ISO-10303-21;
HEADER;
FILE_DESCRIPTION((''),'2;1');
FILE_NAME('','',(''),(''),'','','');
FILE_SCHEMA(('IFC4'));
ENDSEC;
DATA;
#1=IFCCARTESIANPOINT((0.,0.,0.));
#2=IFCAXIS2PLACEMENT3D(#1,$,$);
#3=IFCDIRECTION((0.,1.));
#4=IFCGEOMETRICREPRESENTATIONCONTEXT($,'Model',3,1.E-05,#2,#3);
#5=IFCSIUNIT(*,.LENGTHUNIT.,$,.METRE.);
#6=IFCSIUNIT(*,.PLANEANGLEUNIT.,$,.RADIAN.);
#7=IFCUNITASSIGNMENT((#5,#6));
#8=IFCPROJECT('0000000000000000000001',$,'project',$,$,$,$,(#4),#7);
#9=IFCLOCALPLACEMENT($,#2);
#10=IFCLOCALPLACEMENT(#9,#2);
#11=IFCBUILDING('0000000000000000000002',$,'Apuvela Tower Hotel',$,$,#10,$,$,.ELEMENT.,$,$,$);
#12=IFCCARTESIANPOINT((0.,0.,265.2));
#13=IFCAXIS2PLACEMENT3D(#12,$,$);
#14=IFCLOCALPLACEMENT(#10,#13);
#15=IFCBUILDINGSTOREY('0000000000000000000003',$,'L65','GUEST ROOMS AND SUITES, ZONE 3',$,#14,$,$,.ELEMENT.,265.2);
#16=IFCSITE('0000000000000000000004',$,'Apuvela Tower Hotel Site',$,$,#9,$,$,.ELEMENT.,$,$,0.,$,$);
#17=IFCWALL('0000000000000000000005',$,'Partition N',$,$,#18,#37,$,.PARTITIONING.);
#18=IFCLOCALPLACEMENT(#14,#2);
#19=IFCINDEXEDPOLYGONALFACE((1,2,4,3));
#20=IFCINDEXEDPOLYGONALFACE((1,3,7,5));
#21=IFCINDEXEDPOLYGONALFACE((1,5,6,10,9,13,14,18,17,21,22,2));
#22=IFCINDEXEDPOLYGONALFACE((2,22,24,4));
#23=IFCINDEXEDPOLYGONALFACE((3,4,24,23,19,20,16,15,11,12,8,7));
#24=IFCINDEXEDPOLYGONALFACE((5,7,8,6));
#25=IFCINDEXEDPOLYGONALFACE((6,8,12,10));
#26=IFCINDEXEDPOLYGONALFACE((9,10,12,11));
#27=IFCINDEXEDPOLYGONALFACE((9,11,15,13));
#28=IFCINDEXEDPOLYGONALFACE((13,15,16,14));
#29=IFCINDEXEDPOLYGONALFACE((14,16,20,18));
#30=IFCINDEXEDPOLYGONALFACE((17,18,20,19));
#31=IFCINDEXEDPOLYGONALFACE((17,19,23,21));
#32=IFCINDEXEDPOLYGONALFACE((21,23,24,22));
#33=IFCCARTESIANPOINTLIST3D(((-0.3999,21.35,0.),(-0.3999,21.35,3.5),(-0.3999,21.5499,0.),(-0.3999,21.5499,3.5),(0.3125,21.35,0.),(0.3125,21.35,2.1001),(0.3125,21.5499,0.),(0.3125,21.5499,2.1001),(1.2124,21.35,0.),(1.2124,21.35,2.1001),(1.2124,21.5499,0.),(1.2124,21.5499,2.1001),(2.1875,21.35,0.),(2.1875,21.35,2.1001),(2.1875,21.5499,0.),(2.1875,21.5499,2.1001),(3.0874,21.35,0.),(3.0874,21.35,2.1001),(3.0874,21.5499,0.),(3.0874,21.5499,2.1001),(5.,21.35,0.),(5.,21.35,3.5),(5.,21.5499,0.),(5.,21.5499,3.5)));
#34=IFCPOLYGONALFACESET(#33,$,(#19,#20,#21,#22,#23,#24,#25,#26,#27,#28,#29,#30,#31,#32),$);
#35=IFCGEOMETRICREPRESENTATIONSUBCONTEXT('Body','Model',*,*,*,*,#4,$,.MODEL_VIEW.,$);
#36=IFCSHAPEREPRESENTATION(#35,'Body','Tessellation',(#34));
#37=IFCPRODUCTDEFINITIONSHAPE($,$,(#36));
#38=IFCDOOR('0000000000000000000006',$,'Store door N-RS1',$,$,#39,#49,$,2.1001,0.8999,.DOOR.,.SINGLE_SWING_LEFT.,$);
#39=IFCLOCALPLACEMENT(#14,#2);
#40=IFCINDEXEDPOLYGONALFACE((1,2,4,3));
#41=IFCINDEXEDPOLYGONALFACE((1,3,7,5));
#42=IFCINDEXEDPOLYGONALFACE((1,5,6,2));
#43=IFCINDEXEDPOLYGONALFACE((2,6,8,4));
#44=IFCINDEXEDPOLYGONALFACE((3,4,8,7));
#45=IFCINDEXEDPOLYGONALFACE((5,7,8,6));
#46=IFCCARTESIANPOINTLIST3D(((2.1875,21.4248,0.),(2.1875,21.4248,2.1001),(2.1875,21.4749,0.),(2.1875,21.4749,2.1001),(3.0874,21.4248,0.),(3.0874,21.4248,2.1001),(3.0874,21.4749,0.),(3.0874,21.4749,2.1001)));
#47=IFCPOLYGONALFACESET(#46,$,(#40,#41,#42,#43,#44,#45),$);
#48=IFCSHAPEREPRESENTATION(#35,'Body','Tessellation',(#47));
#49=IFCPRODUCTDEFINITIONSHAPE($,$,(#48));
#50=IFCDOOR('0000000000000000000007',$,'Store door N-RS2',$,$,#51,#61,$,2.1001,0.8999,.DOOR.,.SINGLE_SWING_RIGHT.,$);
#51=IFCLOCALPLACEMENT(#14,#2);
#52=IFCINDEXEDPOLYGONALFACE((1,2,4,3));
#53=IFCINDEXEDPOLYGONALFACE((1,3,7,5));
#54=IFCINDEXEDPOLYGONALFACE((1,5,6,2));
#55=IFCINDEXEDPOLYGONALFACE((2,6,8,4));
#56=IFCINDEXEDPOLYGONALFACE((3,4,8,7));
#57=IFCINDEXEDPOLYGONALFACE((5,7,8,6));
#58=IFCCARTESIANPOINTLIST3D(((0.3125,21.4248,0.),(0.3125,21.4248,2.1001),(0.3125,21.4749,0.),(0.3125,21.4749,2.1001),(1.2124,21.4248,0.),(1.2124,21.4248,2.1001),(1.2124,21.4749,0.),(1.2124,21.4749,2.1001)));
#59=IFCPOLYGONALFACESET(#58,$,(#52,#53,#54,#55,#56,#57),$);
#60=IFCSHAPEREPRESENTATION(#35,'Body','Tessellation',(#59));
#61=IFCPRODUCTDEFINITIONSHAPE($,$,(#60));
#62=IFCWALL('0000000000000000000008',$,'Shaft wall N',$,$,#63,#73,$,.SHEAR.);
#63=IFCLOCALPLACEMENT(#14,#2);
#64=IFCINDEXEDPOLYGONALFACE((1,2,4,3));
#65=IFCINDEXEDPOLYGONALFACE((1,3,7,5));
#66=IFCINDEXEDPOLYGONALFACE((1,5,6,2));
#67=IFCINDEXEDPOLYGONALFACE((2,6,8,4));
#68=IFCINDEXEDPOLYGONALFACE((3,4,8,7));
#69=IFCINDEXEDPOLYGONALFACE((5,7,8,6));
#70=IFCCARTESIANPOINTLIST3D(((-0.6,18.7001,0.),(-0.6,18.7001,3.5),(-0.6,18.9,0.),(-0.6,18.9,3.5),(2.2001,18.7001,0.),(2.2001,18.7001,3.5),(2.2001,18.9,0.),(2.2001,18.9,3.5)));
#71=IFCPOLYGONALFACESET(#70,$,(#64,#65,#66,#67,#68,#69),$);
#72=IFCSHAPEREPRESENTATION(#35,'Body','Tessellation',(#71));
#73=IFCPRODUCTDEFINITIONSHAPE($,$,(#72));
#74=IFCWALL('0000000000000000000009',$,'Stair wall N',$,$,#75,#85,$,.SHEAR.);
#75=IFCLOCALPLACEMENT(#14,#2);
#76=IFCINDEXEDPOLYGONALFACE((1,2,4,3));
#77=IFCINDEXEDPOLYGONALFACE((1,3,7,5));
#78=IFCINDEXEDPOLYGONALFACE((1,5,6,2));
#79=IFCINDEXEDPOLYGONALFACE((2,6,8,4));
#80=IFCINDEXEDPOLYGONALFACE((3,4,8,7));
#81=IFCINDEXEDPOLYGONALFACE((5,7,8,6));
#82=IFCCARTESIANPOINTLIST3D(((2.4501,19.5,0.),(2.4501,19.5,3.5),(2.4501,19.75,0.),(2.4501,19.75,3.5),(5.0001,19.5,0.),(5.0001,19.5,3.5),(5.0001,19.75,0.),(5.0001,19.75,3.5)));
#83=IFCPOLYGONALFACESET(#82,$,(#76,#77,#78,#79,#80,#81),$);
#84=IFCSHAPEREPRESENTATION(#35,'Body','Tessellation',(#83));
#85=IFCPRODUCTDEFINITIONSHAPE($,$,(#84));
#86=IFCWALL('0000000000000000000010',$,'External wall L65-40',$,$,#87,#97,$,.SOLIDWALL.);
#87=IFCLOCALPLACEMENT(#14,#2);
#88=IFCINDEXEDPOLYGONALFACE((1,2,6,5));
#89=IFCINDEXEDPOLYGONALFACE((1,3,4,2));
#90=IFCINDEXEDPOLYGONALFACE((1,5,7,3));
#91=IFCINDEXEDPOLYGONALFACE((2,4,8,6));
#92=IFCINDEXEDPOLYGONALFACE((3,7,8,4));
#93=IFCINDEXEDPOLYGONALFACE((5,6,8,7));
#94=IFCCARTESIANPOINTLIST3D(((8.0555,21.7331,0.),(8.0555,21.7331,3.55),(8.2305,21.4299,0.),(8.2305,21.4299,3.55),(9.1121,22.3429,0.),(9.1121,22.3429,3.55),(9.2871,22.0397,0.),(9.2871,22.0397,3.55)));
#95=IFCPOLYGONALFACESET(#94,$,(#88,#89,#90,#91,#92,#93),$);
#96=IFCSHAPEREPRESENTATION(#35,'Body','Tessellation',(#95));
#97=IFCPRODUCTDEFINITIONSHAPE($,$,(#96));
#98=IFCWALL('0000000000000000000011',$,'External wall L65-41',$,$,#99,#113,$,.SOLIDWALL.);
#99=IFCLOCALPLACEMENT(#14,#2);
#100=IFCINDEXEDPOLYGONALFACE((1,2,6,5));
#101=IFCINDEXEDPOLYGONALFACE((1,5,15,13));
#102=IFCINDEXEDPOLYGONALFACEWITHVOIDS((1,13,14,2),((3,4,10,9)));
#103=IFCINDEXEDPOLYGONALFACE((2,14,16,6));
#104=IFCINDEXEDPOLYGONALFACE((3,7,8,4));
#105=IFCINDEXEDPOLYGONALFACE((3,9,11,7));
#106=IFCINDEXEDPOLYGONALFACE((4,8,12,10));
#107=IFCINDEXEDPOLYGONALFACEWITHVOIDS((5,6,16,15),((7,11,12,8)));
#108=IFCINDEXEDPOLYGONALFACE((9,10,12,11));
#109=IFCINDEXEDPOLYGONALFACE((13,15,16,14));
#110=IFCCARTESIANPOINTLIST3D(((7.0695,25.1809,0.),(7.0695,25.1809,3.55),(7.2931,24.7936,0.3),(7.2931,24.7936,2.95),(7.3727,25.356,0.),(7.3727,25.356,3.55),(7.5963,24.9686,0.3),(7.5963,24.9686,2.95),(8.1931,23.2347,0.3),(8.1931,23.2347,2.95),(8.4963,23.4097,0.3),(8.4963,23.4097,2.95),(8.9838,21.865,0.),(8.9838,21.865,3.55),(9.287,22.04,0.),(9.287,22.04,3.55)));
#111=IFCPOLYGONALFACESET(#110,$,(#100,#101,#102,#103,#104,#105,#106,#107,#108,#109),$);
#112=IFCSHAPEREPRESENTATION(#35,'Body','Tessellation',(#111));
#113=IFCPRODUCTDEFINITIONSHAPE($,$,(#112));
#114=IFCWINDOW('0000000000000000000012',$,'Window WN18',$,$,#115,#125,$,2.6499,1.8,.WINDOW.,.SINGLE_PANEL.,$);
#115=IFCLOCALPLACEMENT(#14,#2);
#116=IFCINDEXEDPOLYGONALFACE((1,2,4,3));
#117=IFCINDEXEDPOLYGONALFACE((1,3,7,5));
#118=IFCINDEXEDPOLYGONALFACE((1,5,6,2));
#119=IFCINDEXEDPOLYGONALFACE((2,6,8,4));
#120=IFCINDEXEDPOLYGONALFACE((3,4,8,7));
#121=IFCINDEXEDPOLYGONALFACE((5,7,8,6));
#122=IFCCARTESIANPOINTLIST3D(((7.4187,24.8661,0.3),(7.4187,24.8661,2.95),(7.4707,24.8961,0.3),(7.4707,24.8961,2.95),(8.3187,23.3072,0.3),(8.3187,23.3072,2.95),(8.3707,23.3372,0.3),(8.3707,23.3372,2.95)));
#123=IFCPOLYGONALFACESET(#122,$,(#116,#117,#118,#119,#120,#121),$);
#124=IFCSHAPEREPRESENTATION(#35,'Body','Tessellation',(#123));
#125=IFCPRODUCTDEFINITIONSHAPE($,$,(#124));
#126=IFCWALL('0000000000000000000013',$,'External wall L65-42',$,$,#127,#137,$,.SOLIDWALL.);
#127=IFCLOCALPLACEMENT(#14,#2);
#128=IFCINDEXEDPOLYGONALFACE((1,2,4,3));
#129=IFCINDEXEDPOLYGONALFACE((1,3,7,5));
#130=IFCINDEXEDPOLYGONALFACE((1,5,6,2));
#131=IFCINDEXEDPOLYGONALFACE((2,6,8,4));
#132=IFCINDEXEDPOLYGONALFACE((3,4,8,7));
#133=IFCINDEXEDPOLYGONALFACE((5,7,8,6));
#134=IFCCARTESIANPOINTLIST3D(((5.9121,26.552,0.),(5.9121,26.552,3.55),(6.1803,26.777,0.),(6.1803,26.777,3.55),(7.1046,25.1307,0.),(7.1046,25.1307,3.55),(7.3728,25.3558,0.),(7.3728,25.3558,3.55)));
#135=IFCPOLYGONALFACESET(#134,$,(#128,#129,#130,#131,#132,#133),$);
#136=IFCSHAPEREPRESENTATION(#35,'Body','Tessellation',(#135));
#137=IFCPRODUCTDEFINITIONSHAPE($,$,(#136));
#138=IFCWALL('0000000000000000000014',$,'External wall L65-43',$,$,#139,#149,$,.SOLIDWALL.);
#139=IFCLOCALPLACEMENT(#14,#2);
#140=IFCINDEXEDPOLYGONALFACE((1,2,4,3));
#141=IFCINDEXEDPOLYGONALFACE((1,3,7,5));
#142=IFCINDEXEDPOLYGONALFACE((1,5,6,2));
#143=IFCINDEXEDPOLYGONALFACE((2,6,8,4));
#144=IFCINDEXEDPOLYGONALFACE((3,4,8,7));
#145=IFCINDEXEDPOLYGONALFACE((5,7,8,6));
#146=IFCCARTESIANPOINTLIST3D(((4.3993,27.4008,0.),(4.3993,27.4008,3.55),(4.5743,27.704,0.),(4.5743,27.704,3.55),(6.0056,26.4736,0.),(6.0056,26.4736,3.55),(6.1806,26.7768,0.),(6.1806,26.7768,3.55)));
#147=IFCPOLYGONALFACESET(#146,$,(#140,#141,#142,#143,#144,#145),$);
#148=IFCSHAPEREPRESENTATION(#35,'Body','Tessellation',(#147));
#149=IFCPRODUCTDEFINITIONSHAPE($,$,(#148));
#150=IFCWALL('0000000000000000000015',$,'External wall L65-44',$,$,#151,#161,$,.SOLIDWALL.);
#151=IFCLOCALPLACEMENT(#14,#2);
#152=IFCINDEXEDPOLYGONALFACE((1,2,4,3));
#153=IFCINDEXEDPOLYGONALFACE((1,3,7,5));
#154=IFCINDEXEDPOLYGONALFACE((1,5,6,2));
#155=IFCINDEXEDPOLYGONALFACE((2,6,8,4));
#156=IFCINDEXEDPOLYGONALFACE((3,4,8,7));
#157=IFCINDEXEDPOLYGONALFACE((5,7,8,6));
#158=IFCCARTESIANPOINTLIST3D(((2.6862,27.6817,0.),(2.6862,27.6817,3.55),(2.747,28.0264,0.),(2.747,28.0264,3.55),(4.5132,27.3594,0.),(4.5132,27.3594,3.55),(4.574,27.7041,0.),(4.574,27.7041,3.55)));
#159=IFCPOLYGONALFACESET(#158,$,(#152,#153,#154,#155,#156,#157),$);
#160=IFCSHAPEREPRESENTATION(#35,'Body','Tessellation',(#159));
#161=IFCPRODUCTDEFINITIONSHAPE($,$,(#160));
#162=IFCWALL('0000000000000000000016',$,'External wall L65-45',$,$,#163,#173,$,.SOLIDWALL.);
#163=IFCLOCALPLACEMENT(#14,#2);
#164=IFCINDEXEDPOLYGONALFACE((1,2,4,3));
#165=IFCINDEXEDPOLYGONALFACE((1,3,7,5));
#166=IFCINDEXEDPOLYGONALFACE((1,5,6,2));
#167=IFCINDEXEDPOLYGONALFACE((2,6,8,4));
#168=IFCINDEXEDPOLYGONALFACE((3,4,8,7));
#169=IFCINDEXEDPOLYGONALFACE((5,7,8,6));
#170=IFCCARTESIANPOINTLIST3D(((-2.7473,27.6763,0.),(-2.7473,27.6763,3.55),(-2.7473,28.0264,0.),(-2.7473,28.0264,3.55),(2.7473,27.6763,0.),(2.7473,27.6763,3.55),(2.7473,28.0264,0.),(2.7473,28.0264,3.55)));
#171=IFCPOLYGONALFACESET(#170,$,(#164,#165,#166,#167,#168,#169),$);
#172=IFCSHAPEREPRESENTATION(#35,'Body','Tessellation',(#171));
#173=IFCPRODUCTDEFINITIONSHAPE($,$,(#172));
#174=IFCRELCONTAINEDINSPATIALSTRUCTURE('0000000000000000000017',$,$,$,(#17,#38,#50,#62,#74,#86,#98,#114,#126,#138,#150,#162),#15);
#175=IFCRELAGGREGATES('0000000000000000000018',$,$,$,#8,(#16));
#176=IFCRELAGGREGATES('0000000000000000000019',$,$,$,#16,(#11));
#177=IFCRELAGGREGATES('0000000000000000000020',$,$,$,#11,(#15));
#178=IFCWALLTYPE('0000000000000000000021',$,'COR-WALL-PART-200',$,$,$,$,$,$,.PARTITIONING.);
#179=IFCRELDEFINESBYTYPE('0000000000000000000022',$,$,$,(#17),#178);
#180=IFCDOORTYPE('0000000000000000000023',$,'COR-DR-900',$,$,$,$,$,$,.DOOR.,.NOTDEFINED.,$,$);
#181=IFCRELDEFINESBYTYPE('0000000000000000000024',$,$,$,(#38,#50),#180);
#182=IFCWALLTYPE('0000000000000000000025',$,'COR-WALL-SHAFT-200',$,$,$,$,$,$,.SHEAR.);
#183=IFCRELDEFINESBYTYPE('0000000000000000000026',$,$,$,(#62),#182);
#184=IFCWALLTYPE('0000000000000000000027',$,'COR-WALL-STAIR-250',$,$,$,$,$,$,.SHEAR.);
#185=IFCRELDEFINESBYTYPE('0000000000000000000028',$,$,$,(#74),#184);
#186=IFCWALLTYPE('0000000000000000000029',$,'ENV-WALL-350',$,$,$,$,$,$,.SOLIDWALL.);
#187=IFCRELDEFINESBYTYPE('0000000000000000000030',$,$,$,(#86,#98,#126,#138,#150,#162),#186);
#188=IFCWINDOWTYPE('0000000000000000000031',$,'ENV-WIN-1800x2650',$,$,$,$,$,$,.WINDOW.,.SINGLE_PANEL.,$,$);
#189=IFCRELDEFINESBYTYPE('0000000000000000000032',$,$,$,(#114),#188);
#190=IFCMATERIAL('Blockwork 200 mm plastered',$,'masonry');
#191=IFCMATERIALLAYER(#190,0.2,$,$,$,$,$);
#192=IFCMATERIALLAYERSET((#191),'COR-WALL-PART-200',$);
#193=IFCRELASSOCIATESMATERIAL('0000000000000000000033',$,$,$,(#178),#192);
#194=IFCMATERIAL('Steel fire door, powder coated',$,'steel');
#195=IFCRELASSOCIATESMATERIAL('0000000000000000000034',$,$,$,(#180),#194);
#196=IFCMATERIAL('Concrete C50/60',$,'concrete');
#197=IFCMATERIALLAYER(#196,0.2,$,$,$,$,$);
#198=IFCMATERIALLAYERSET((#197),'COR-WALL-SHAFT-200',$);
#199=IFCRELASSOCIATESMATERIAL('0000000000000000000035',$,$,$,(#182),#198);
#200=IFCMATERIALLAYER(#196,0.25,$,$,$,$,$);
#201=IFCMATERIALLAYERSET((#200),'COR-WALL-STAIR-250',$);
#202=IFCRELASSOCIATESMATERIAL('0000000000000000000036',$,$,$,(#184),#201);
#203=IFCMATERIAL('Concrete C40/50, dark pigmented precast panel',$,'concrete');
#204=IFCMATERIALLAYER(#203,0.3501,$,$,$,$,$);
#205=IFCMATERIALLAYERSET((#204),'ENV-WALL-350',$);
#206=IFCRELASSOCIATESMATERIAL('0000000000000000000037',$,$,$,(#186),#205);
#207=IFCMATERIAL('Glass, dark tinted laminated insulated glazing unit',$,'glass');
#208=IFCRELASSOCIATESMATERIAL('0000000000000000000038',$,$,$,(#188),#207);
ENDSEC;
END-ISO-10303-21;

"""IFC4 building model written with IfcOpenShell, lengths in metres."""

from ifc_helpers import new_model, si_unit, direction, frame, frame_2d, origin, place, context, subcontext, project, spatial, rectangle, extrude, material, layer, layer_set, type_object, element, fill, save


model = new_model("IFC4")

# Units and contexts
model_context = context("Model", 3, precision=1e-05, world=origin(), true_north=direction((0.0, 1.0)))
body_context = subcontext(model_context, "Body", "Model", "MODEL_VIEW")
ifc_project = project(units=[si_unit("LENGTHUNIT", "METRE"), si_unit("PLANEANGLEUNIT", "RADIAN")], contexts=[model_context])

# Site, building, storey
site_placement = place(None, origin())
site = spatial("IfcSite", under=ifc_project, at=site_placement, Name="Apuvela Tower Hotel Site", CompositionType="ELEMENT", RefElevation=0.0)
building_placement = place(site_placement, origin())
building = spatial("IfcBuilding", under=site, at=building_placement, Name="Apuvela Tower Hotel", CompositionType="ELEMENT")
storey_placement = place(building_placement, frame((0.0, 0.0, 265.2)))
storey = spatial("IfcBuildingStorey", under=building, at=storey_placement, Name="L65", Description="GUEST ROOMS AND SUITES, ZONE 3", CompositionType="ELEMENT", Elevation=265.2)

# Wall, openings, doors
ifc_material_1 = material(Name="Blockwork 200 mm plastered", Category="masonry")
ifc_layer_1 = layer(ifc_material_1, 0.2)
ifc_layer_set_1 = layer_set([ifc_layer_1], Name="COR-WALL-PART-200")
wall_type_1 = type_object("IfcWallType", Name="COR-WALL-PART-200", PredefinedType="PARTITIONING", material=ifc_layer_set_1)
wall_1_placement = place(storey_placement, frame((5.0, 21.45, 0.0), z_axis=(0.0, 0.0, 1.0), x_axis=(-1.0, 0.0, 0.0)))
wall_1 = element("IfcWall", 1, at=wall_1_placement, inside=storey, type_object=wall_type_1, Name="Partition N", PredefinedType="PARTITIONING", context=body_context, shape_type="SweptSolid", body=[
    extrude(rectangle(XDim=5.3999, YDim=0.2, at=frame_2d((2.7, 0.0))), origin(), (0.0, 0.0, 1.0), 3.5),
])
opening_1_placement = place(wall_1_placement, frame((1.9126, 0.0, 0.0)))
opening_1 = element("IfcOpeningElement", 2, at=opening_1_placement, cuts=wall_1, PredefinedType="OPENING", context=body_context, shape_type="SweptSolid", body=[
    extrude(rectangle(XDim=0.8999, YDim=2.1001, at=frame_2d((0.45, 1.05))), frame((0.0, 0.1099, 0.0), z_axis=(0.0, -1.0, 0.0), x_axis=(1.0, 0.0, 0.0)), (0.0, 0.0, 1.0), 0.22),
])
opening_2_placement = place(wall_1_placement, frame((3.7876, 0.0, 0.0)))
opening_2 = element("IfcOpeningElement", 3, at=opening_2_placement, cuts=wall_1, PredefinedType="OPENING", context=body_context, shape_type="SweptSolid", body=[
    extrude(rectangle(XDim=0.8999, YDim=2.1001, at=frame_2d((0.45, 1.05))), frame((0.0, 0.1099, 0.0), z_axis=(0.0, -1.0, 0.0), x_axis=(1.0, 0.0, 0.0)), (0.0, 0.0, 1.0), 0.22),
])
ifc_material_2 = material(Name="Steel fire door, powder coated", Category="steel")
door_type_1 = type_object("IfcDoorType", Name="COR-DR-900", OperationType="NOTDEFINED", PredefinedType="DOOR", material=ifc_material_2)
door_1_placement = place(opening_1_placement, frame((0.8999, 0.0, 0.0), z_axis=(0.0, 0.0, 1.0), x_axis=(-1.0, 0.0, 0.0)))
door_1 = element("IfcDoor", 4, at=door_1_placement, inside=storey, type_object=door_type_1, Name="Store door N-RS1", OperationType="SINGLE_SWING_LEFT", OverallHeight=2.1001, OverallWidth=0.8999, PredefinedType="DOOR", context=body_context, shape_type="SweptSolid", body=[
    extrude(rectangle(XDim=0.8999, YDim=2.1001, at=frame_2d((0.45, 1.05))), frame((0.0, 0.0249, 0.0), z_axis=(0.0, -1.0, 0.0), x_axis=(1.0, 0.0, 0.0)), (0.0, 0.0, 1.0), 0.05),
])
fill(opening_1, door_1)
door_2_placement = place(opening_2_placement, frame((0.8999, 0.0, 0.0), z_axis=(0.0, 0.0, 1.0), x_axis=(-1.0, 0.0, 0.0)))
door_2 = element("IfcDoor", 5, at=door_2_placement, inside=storey, type_object=door_type_1, Name="Store door N-RS2", OperationType="SINGLE_SWING_RIGHT", OverallHeight=2.1001, OverallWidth=0.8999, PredefinedType="DOOR", context=body_context, shape_type="SweptSolid", body=[
    extrude(rectangle(XDim=0.8999, YDim=2.1001, at=frame_2d((0.45, 1.05))), frame((0.0, 0.0249, 0.0), z_axis=(0.0, -1.0, 0.0), x_axis=(1.0, 0.0, 0.0)), (0.0, 0.0, 1.0), 0.05),
])
fill(opening_2, door_2)

# Walls
ifc_material_3 = material(Name="Concrete C50/60", Category="concrete")
ifc_layer_2 = layer(ifc_material_3, 0.2)
ifc_layer_set_2 = layer_set([ifc_layer_2], Name="COR-WALL-SHAFT-200")
wall_type_2 = type_object("IfcWallType", Name="COR-WALL-SHAFT-200", PredefinedType="SHEAR", material=ifc_layer_set_2)
wall_2_placement = place(storey_placement, frame((2.2, 18.8, 0.0), z_axis=(0.0, 0.0, 1.0), x_axis=(-1.0, 0.0, 0.0)))
element("IfcWall", 6, at=wall_2_placement, inside=storey, type_object=wall_type_2, Name="Shaft wall N", PredefinedType="SHEAR", context=body_context, shape_type="SweptSolid", body=[
    extrude(rectangle(XDim=2.8, YDim=0.2, at=frame_2d((1.3999, 0.0))), origin(), (0.0, 0.0, 1.0), 3.5),
])
ifc_layer_3 = layer(ifc_material_3, 0.25)
ifc_layer_set_3 = layer_set([ifc_layer_3], Name="COR-WALL-STAIR-250")
wall_type_3 = type_object("IfcWallType", Name="COR-WALL-STAIR-250", PredefinedType="SHEAR", material=ifc_layer_set_3)
wall_3_placement = place(storey_placement, frame((5.0, 19.625, 0.0), z_axis=(0.0, 0.0, 1.0), x_axis=(-1.0, 0.0, 0.0)))
element("IfcWall", 7, at=wall_3_placement, inside=storey, type_object=wall_type_3, Name="Stair wall N", PredefinedType="SHEAR", context=body_context, shape_type="SweptSolid", body=[
    extrude(rectangle(XDim=2.55, YDim=0.25, at=frame_2d((1.2749, 0.0))), origin(), (0.0, 0.0, 1.0), 3.5),
])
ifc_material_4 = material(Name="Concrete C40/50, dark pigmented precast panel", Category="concrete")
ifc_layer_4 = layer(ifc_material_4, 0.3501)
ifc_layer_set_4 = layer_set([ifc_layer_4], Name="ENV-WALL-350")
wall_type_4 = type_object("IfcWallType", Name="ENV-WALL-350", PredefinedType="SOLIDWALL", material=ifc_layer_set_4)
wall_4_placement = place(storey_placement, frame((8.1431, 21.5815, 0.0), z_axis=(0.0, 0.0, 1.0), x_axis=(0.866092, 0.499884, 0.0)))
element("IfcWall", 8, at=wall_4_placement, inside=storey, type_object=wall_type_4, Name="External wall L65-40", PredefinedType="SOLIDWALL", context=body_context, shape_type="SweptSolid", body=[
    extrude(rectangle(XDim=1.22, YDim=0.3501, at=frame_2d((0.6099, 0.0))), origin(), (0.0, 0.0, 1.0), 3.55),
])

# Wall, opening, window
wall_5_placement = place(storey_placement, frame((9.1355, 21.9524, 0.0), z_axis=(0.0, 0.0, 1.0), x_axis=(-0.499973, 0.866041, 0.0)))
wall_5 = element("IfcWall", 9, at=wall_5_placement, inside=storey, type_object=wall_type_4, Name="External wall L65-41", PredefinedType="SOLIDWALL", context=body_context, shape_type="SweptSolid", body=[
    extrude(rectangle(XDim=3.8289, YDim=0.3501, at=frame_2d((1.9146, 0.0))), origin(), (0.0, 0.0, 1.0), 3.55),
])
opening_3_placement = place(wall_5_placement, frame((1.5818, 0.0, 0.3)))
opening_3 = element("IfcOpeningElement", 10, at=opening_3_placement, cuts=wall_5, PredefinedType="OPENING", context=body_context, shape_type="SweptSolid", body=[
    extrude(rectangle(XDim=1.8, YDim=2.6499, at=frame_2d((0.8999, 1.325))), frame((0.0, 0.1851, 0.0), z_axis=(0.0, -1.0, 0.0), x_axis=(1.0, 0.0, 0.0)), (0.0, 0.0, 1.0), 0.3701),
])
ifc_material_5 = material(Name="Glass, dark tinted laminated insulated glazing unit", Category="glass")
window_type = type_object("IfcWindowType", Name="ENV-WIN-1800x2650", PartitioningType="SINGLE_PANEL", PredefinedType="WINDOW", material=ifc_material_5)
window_placement = place(opening_3_placement, origin())
window = element("IfcWindow", 11, at=window_placement, inside=storey, type_object=window_type, Name="Window WN18", OverallHeight=2.6499, OverallWidth=1.8, PartitioningType="SINGLE_PANEL", PredefinedType="WINDOW", context=body_context, shape_type="SweptSolid", body=[
    extrude(rectangle(XDim=1.8, YDim=2.6499, at=frame_2d((0.8999, 1.325))), frame((0.0, 0.03, 0.0), z_axis=(0.0, -1.0, 0.0), x_axis=(1.0, 0.0, 0.0)), (0.0, 0.0, 1.0), 0.0601),
])
fill(opening_3, window)

# Walls
wall_6_placement = place(storey_placement, frame((7.2388, 25.2432, 0.0), z_axis=(0.0, 0.0, 1.0), x_axis=(-0.642757, 0.76607, 0.0)))
element("IfcWall", 12, at=wall_6_placement, inside=storey, type_object=wall_type_4, Name="External wall L65-42", PredefinedType="SOLIDWALL", context=body_context, shape_type="SweptSolid", body=[
    extrude(rectangle(XDim=1.8552, YDim=0.3501, at=frame_2d((0.9277, 0.0))), origin(), (0.0, 0.0, 1.0), 3.55),
])
wall_7_placement = place(storey_placement, frame((6.093, 26.6252, 0.0), z_axis=(0.0, 0.0, 1.0), x_axis=(-0.86608, 0.499905, 0.0)))
element("IfcWall", 13, at=wall_7_placement, inside=storey, type_object=wall_type_4, Name="External wall L65-43", PredefinedType="SOLIDWALL", context=body_context, shape_type="SweptSolid", body=[
    extrude(rectangle(XDim=1.8547, YDim=0.3501, at=frame_2d((0.9272, 0.0))), origin(), (0.0, 0.0, 1.0), 3.55),
])
wall_8_placement = place(storey_placement, frame((4.5437, 27.5317, 0.0), z_axis=(0.0, 0.0, 1.0), x_axis=(-0.984795, 0.173718, 0.0)))
element("IfcWall", 14, at=wall_8_placement, inside=storey, type_object=wall_type_4, Name="External wall L65-44", PredefinedType="SOLIDWALL", context=body_context, shape_type="SweptSolid", body=[
    extrude(rectangle(XDim=1.8552, YDim=0.3501, at=frame_2d((0.9277, 0.0))), origin(), (0.0, 0.0, 1.0), 3.55),
])
wall_9_placement = place(storey_placement, frame((2.7473, 27.8513, 0.0), z_axis=(0.0, 0.0, 1.0), x_axis=(-1.0, 0.0, 0.0)))
element("IfcWall", 15, at=wall_9_placement, inside=storey, type_object=wall_type_4, Name="External wall L65-45", PredefinedType="SOLIDWALL", context=body_context, shape_type="SweptSolid", body=[
    extrude(rectangle(XDim=5.4946, YDim=0.3501, at=frame_2d((2.7473, 0.0))), origin(), (0.0, 0.0, 1.0), 3.55),
])

save(model, "model.ifc")
